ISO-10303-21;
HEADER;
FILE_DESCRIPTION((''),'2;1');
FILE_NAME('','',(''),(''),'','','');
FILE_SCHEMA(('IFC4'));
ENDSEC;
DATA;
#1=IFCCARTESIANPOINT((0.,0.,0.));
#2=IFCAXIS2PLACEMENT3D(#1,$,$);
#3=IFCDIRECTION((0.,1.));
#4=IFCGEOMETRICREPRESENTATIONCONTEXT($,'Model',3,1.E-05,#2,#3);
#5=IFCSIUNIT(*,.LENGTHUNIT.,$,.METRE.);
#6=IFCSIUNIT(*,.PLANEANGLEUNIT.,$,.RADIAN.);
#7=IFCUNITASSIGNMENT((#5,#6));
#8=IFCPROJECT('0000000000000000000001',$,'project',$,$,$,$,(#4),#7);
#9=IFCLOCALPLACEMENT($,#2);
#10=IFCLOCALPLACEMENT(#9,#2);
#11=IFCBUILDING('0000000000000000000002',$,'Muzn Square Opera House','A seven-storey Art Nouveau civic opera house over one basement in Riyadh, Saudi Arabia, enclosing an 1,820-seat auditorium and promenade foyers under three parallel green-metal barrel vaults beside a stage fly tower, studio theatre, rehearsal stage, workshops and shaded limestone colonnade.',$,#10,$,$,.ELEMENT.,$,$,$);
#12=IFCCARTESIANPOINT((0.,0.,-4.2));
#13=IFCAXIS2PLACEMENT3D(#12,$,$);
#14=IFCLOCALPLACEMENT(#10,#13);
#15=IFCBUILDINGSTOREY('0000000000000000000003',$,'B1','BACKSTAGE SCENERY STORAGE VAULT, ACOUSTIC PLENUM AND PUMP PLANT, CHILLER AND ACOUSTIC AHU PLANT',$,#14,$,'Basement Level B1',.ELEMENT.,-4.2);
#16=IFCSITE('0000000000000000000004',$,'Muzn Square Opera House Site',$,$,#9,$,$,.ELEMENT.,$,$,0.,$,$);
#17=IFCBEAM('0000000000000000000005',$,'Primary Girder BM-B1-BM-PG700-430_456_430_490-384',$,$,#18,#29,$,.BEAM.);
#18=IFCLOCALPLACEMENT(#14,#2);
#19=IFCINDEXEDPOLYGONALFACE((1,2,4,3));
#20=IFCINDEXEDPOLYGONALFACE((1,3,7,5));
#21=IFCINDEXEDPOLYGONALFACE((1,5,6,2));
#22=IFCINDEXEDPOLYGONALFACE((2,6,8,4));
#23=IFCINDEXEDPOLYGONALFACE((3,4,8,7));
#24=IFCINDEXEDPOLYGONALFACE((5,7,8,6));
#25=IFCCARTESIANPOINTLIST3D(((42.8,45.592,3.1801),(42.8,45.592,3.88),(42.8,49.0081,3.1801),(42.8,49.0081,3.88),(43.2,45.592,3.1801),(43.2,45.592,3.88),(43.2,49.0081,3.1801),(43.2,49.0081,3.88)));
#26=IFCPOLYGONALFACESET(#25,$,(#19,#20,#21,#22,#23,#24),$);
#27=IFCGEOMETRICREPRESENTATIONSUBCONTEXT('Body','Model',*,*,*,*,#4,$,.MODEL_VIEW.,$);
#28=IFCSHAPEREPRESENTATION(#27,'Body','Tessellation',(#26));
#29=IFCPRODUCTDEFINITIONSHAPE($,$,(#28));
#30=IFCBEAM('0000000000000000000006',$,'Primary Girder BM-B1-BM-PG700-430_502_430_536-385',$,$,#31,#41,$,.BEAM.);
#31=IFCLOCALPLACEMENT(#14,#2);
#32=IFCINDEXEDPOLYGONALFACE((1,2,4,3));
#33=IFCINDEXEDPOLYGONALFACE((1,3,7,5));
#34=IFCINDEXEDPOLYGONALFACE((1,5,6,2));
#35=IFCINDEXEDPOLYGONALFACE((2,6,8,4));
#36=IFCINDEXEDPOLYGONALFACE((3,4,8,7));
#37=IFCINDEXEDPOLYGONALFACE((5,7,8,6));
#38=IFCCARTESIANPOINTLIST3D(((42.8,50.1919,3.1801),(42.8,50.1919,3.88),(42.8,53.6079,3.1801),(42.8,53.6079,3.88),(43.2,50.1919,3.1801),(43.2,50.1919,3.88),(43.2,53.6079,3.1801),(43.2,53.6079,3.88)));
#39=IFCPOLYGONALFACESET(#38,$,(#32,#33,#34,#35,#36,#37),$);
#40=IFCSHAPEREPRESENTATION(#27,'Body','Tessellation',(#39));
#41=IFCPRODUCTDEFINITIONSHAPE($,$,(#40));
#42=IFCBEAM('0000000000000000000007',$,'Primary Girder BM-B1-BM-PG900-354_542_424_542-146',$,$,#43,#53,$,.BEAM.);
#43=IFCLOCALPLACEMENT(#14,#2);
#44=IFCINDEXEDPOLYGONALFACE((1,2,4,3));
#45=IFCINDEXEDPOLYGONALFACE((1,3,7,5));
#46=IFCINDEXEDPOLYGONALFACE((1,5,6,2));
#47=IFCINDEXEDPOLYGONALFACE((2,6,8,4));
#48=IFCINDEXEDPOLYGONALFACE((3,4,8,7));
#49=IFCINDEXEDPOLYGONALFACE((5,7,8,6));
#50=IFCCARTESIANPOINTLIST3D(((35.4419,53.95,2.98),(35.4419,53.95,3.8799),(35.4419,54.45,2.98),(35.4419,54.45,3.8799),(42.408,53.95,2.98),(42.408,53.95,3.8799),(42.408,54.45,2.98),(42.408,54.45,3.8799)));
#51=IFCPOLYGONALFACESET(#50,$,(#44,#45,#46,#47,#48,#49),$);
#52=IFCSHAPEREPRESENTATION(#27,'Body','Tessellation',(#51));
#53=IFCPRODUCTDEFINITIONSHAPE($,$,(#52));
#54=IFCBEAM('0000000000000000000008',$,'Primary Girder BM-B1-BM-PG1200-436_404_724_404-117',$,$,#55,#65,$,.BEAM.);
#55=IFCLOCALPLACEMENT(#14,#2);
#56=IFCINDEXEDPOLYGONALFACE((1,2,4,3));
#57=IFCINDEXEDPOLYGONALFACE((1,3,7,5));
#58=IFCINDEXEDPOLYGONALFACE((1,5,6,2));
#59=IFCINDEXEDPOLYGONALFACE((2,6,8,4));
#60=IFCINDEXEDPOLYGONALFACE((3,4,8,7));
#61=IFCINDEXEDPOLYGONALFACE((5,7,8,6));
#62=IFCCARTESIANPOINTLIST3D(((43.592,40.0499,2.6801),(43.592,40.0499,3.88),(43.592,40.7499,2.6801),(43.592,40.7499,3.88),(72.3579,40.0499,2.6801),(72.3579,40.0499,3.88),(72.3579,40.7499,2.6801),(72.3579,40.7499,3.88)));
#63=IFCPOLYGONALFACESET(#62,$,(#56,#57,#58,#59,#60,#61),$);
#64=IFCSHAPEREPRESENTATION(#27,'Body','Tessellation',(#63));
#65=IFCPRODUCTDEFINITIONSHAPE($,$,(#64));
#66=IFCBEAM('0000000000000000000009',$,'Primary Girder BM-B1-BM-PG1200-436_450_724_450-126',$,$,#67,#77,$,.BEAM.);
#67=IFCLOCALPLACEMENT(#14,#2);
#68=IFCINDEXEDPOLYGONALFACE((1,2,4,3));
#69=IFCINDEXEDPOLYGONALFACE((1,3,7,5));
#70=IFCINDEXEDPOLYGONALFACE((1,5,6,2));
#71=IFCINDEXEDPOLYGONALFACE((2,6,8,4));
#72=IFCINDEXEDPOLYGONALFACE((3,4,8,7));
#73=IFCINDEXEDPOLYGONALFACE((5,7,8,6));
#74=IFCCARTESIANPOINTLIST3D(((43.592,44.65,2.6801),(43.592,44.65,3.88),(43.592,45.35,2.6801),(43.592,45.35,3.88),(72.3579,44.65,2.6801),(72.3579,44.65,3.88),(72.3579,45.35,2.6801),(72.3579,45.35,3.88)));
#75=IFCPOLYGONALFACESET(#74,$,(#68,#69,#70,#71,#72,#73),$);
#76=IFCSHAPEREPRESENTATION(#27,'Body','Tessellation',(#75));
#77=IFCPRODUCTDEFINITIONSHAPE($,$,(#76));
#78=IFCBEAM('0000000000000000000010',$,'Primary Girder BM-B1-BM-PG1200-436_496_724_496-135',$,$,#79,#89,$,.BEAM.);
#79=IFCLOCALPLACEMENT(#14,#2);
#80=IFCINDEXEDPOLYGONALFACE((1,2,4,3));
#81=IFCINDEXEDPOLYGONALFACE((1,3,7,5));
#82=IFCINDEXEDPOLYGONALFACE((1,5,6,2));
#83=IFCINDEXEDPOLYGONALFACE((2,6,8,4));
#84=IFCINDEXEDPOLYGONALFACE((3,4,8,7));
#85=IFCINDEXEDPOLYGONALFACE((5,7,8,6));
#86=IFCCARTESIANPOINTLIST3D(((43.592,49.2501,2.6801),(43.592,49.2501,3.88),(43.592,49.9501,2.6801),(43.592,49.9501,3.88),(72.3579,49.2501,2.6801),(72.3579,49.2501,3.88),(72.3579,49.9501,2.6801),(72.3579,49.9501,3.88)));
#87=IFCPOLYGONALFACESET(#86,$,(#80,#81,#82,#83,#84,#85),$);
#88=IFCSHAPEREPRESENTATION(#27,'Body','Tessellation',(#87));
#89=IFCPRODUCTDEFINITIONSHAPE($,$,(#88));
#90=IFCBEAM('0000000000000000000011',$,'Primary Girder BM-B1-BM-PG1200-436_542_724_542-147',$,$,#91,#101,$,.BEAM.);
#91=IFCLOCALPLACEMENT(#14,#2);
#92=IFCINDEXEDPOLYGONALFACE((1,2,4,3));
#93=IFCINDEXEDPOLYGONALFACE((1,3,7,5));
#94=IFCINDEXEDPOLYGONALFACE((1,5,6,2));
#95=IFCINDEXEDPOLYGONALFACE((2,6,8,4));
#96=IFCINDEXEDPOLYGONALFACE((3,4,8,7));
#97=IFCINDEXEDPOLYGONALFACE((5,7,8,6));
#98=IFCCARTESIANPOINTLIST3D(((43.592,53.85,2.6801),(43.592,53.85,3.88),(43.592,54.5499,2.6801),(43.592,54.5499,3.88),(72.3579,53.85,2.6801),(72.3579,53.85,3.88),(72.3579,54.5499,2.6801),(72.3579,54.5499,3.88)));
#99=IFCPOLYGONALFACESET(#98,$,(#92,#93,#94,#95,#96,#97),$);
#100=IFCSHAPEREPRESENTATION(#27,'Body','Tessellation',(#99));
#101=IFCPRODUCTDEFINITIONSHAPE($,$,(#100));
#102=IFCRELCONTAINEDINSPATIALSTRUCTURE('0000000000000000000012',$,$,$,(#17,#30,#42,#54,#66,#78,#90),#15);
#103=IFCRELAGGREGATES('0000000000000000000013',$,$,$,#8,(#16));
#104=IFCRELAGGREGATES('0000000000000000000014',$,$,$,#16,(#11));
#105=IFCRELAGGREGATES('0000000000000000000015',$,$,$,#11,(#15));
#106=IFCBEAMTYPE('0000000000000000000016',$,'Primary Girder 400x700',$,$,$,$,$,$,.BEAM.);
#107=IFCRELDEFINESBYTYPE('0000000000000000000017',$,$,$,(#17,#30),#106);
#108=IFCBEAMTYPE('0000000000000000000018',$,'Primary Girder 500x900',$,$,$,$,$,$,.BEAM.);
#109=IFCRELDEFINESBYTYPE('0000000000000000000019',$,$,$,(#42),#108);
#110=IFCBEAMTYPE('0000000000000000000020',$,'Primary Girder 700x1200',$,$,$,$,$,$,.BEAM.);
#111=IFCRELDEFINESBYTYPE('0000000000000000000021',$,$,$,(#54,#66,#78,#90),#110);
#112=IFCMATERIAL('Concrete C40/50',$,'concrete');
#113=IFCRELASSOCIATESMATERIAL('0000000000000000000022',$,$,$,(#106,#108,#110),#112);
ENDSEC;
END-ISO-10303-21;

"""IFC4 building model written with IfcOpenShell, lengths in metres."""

from ifc_helpers import new_model, si_unit, direction, frame, origin, origin_2d, place, context, subcontext, project, spatial, rectangle, extrude, material, material_profile, profile_set, type_object, element, save


model = new_model("IFC4")

# Units and contexts
model_context = context("Model", 3, precision=1e-05, world=origin(), true_north=direction((0.0, 1.0)))
body_context = subcontext(model_context, "Body", "Model", "MODEL_VIEW")
ifc_project = project(units=[si_unit("LENGTHUNIT", "METRE"), si_unit("PLANEANGLEUNIT", "RADIAN")], contexts=[model_context])

# Site, building, storey
site_placement = place(None, origin())
site = spatial("IfcSite", under=ifc_project, at=site_placement, Name="Muzn Square Opera House Site", CompositionType="ELEMENT", RefElevation=0.0)
building_placement = place(site_placement, origin())
building = spatial("IfcBuilding", under=site, at=building_placement, Name="Muzn Square Opera House", Description="A seven-storey Art Nouveau civic opera house over one basement in Riyadh, Saudi Arabia, enclosing an 1,820-seat auditorium and promenade foyers under three parallel green-metal barrel vaults beside a stage fly tower, studio theatre, rehearsal stage, workshops and shaded limestone colonnade.", CompositionType="ELEMENT")
storey_placement = place(building_placement, frame((0.0, 0.0, -4.2)))
storey = spatial("IfcBuildingStorey", under=building, at=storey_placement, Name="B1", Description="BACKSTAGE SCENERY STORAGE VAULT, ACOUSTIC PLENUM AND PUMP PLANT, CHILLER AND ACOUSTIC AHU PLANT", LongName="Basement Level B1", CompositionType="ELEMENT", Elevation=-4.2)

# Shared definitions
ifc_material_1 = material(Name="Concrete C40/50", Category="concrete")

# Beams
ifc_material_profile_1 = material_profile(ifc_material_1, rectangle(XDim=0.3999, YDim=0.7, at=origin_2d()), Name="RCB 400x700", Category="concrete")
ifc_profile_set_1 = profile_set([ifc_material_profile_1], Name="Concrete C40/50")
beam_type_1 = type_object("IfcBeamType", Name="Primary Girder 400x700", PredefinedType="BEAM", material=ifc_profile_set_1)
for number, where, z_axis, x_axis, name in (
    (1, (43.0, 45.592, 3.53), (0.0, 1.0, 0.0), (-1.0, 0.0, 0.0), "Primary Girder BM-B1-BM-PG700-430_456_430_490-384"),
    (2, (43.0, 50.1919, 3.53), (0.0, 1.0, 0.0), (-1.0, 0.0, 0.0), "Primary Girder BM-B1-BM-PG700-430_502_430_536-385"),
):
    element("IfcBeam", number, at=place(storey_placement, frame(where, z_axis=z_axis, x_axis=x_axis)), inside=storey, type_object=beam_type_1, Name=name, PredefinedType="BEAM", context=body_context, shape_type="SweptSolid", body=[
        extrude(rectangle(XDim=0.3999, YDim=0.7, at=origin_2d()), origin(), (0.0, 0.0, 1.0), 3.416),
    ])
ifc_material_profile_2 = material_profile(ifc_material_1, rectangle(XDim=0.5, YDim=0.8999, at=origin_2d()), Name="RCB 500x900", Category="concrete")
ifc_profile_set_2 = profile_set([ifc_material_profile_2], Name="Concrete C40/50")
beam_type_2 = type_object("IfcBeamType", Name="Primary Girder 500x900", PredefinedType="BEAM", material=ifc_profile_set_2)
beam_placement = place(storey_placement, frame((35.4419, 54.2, 3.4299), z_axis=(1.0, 0.0, 0.0), x_axis=(0.0, 1.0, 0.0)))
element("IfcBeam", 3, at=beam_placement, inside=storey, type_object=beam_type_2, Name="Primary Girder BM-B1-BM-PG900-354_542_424_542-146", PredefinedType="BEAM", context=body_context, shape_type="SweptSolid", body=[
    extrude(rectangle(XDim=0.5, YDim=0.8999, at=origin_2d()), origin(), (0.0, 0.0, 1.0), 6.9661),
])
ifc_material_profile_3 = material_profile(ifc_material_1, rectangle(XDim=0.7, YDim=1.2, at=origin_2d()), Name="RCB 700x1200", Category="concrete")
ifc_profile_set_3 = profile_set([ifc_material_profile_3], Name="Concrete C40/50")
beam_type_3 = type_object("IfcBeamType", Name="Primary Girder 700x1200", PredefinedType="BEAM", material=ifc_profile_set_3)
for number, where, z_axis, x_axis, name in (
    (4, (43.592, 40.3999, 3.28), (1.0, 0.0, 0.0), (0.0, 1.0, 0.0), "Primary Girder BM-B1-BM-PG1200-436_404_724_404-117"),
    (5, (43.592, 45.0, 3.28), (1.0, 0.0, 0.0), (0.0, 1.0, 0.0), "Primary Girder BM-B1-BM-PG1200-436_450_724_450-126"),
    (6, (43.592, 49.6001, 3.28), (1.0, 0.0, 0.0), (0.0, 1.0, 0.0), "Primary Girder BM-B1-BM-PG1200-436_496_724_496-135"),
    (7, (43.592, 54.2, 3.28), (1.0, 0.0, 0.0), (0.0, 1.0, 0.0), "Primary Girder BM-B1-BM-PG1200-436_542_724_542-147"),
):
    element("IfcBeam", number, at=place(storey_placement, frame(where, z_axis=z_axis, x_axis=x_axis)), inside=storey, type_object=beam_type_3, Name=name, PredefinedType="BEAM", context=body_context, shape_type="SweptSolid", body=[
        extrude(rectangle(XDim=0.7, YDim=1.2, at=origin_2d()), origin(), (0.0, 0.0, 1.0), 28.7659),
    ])

save(model, "model.ifc")
